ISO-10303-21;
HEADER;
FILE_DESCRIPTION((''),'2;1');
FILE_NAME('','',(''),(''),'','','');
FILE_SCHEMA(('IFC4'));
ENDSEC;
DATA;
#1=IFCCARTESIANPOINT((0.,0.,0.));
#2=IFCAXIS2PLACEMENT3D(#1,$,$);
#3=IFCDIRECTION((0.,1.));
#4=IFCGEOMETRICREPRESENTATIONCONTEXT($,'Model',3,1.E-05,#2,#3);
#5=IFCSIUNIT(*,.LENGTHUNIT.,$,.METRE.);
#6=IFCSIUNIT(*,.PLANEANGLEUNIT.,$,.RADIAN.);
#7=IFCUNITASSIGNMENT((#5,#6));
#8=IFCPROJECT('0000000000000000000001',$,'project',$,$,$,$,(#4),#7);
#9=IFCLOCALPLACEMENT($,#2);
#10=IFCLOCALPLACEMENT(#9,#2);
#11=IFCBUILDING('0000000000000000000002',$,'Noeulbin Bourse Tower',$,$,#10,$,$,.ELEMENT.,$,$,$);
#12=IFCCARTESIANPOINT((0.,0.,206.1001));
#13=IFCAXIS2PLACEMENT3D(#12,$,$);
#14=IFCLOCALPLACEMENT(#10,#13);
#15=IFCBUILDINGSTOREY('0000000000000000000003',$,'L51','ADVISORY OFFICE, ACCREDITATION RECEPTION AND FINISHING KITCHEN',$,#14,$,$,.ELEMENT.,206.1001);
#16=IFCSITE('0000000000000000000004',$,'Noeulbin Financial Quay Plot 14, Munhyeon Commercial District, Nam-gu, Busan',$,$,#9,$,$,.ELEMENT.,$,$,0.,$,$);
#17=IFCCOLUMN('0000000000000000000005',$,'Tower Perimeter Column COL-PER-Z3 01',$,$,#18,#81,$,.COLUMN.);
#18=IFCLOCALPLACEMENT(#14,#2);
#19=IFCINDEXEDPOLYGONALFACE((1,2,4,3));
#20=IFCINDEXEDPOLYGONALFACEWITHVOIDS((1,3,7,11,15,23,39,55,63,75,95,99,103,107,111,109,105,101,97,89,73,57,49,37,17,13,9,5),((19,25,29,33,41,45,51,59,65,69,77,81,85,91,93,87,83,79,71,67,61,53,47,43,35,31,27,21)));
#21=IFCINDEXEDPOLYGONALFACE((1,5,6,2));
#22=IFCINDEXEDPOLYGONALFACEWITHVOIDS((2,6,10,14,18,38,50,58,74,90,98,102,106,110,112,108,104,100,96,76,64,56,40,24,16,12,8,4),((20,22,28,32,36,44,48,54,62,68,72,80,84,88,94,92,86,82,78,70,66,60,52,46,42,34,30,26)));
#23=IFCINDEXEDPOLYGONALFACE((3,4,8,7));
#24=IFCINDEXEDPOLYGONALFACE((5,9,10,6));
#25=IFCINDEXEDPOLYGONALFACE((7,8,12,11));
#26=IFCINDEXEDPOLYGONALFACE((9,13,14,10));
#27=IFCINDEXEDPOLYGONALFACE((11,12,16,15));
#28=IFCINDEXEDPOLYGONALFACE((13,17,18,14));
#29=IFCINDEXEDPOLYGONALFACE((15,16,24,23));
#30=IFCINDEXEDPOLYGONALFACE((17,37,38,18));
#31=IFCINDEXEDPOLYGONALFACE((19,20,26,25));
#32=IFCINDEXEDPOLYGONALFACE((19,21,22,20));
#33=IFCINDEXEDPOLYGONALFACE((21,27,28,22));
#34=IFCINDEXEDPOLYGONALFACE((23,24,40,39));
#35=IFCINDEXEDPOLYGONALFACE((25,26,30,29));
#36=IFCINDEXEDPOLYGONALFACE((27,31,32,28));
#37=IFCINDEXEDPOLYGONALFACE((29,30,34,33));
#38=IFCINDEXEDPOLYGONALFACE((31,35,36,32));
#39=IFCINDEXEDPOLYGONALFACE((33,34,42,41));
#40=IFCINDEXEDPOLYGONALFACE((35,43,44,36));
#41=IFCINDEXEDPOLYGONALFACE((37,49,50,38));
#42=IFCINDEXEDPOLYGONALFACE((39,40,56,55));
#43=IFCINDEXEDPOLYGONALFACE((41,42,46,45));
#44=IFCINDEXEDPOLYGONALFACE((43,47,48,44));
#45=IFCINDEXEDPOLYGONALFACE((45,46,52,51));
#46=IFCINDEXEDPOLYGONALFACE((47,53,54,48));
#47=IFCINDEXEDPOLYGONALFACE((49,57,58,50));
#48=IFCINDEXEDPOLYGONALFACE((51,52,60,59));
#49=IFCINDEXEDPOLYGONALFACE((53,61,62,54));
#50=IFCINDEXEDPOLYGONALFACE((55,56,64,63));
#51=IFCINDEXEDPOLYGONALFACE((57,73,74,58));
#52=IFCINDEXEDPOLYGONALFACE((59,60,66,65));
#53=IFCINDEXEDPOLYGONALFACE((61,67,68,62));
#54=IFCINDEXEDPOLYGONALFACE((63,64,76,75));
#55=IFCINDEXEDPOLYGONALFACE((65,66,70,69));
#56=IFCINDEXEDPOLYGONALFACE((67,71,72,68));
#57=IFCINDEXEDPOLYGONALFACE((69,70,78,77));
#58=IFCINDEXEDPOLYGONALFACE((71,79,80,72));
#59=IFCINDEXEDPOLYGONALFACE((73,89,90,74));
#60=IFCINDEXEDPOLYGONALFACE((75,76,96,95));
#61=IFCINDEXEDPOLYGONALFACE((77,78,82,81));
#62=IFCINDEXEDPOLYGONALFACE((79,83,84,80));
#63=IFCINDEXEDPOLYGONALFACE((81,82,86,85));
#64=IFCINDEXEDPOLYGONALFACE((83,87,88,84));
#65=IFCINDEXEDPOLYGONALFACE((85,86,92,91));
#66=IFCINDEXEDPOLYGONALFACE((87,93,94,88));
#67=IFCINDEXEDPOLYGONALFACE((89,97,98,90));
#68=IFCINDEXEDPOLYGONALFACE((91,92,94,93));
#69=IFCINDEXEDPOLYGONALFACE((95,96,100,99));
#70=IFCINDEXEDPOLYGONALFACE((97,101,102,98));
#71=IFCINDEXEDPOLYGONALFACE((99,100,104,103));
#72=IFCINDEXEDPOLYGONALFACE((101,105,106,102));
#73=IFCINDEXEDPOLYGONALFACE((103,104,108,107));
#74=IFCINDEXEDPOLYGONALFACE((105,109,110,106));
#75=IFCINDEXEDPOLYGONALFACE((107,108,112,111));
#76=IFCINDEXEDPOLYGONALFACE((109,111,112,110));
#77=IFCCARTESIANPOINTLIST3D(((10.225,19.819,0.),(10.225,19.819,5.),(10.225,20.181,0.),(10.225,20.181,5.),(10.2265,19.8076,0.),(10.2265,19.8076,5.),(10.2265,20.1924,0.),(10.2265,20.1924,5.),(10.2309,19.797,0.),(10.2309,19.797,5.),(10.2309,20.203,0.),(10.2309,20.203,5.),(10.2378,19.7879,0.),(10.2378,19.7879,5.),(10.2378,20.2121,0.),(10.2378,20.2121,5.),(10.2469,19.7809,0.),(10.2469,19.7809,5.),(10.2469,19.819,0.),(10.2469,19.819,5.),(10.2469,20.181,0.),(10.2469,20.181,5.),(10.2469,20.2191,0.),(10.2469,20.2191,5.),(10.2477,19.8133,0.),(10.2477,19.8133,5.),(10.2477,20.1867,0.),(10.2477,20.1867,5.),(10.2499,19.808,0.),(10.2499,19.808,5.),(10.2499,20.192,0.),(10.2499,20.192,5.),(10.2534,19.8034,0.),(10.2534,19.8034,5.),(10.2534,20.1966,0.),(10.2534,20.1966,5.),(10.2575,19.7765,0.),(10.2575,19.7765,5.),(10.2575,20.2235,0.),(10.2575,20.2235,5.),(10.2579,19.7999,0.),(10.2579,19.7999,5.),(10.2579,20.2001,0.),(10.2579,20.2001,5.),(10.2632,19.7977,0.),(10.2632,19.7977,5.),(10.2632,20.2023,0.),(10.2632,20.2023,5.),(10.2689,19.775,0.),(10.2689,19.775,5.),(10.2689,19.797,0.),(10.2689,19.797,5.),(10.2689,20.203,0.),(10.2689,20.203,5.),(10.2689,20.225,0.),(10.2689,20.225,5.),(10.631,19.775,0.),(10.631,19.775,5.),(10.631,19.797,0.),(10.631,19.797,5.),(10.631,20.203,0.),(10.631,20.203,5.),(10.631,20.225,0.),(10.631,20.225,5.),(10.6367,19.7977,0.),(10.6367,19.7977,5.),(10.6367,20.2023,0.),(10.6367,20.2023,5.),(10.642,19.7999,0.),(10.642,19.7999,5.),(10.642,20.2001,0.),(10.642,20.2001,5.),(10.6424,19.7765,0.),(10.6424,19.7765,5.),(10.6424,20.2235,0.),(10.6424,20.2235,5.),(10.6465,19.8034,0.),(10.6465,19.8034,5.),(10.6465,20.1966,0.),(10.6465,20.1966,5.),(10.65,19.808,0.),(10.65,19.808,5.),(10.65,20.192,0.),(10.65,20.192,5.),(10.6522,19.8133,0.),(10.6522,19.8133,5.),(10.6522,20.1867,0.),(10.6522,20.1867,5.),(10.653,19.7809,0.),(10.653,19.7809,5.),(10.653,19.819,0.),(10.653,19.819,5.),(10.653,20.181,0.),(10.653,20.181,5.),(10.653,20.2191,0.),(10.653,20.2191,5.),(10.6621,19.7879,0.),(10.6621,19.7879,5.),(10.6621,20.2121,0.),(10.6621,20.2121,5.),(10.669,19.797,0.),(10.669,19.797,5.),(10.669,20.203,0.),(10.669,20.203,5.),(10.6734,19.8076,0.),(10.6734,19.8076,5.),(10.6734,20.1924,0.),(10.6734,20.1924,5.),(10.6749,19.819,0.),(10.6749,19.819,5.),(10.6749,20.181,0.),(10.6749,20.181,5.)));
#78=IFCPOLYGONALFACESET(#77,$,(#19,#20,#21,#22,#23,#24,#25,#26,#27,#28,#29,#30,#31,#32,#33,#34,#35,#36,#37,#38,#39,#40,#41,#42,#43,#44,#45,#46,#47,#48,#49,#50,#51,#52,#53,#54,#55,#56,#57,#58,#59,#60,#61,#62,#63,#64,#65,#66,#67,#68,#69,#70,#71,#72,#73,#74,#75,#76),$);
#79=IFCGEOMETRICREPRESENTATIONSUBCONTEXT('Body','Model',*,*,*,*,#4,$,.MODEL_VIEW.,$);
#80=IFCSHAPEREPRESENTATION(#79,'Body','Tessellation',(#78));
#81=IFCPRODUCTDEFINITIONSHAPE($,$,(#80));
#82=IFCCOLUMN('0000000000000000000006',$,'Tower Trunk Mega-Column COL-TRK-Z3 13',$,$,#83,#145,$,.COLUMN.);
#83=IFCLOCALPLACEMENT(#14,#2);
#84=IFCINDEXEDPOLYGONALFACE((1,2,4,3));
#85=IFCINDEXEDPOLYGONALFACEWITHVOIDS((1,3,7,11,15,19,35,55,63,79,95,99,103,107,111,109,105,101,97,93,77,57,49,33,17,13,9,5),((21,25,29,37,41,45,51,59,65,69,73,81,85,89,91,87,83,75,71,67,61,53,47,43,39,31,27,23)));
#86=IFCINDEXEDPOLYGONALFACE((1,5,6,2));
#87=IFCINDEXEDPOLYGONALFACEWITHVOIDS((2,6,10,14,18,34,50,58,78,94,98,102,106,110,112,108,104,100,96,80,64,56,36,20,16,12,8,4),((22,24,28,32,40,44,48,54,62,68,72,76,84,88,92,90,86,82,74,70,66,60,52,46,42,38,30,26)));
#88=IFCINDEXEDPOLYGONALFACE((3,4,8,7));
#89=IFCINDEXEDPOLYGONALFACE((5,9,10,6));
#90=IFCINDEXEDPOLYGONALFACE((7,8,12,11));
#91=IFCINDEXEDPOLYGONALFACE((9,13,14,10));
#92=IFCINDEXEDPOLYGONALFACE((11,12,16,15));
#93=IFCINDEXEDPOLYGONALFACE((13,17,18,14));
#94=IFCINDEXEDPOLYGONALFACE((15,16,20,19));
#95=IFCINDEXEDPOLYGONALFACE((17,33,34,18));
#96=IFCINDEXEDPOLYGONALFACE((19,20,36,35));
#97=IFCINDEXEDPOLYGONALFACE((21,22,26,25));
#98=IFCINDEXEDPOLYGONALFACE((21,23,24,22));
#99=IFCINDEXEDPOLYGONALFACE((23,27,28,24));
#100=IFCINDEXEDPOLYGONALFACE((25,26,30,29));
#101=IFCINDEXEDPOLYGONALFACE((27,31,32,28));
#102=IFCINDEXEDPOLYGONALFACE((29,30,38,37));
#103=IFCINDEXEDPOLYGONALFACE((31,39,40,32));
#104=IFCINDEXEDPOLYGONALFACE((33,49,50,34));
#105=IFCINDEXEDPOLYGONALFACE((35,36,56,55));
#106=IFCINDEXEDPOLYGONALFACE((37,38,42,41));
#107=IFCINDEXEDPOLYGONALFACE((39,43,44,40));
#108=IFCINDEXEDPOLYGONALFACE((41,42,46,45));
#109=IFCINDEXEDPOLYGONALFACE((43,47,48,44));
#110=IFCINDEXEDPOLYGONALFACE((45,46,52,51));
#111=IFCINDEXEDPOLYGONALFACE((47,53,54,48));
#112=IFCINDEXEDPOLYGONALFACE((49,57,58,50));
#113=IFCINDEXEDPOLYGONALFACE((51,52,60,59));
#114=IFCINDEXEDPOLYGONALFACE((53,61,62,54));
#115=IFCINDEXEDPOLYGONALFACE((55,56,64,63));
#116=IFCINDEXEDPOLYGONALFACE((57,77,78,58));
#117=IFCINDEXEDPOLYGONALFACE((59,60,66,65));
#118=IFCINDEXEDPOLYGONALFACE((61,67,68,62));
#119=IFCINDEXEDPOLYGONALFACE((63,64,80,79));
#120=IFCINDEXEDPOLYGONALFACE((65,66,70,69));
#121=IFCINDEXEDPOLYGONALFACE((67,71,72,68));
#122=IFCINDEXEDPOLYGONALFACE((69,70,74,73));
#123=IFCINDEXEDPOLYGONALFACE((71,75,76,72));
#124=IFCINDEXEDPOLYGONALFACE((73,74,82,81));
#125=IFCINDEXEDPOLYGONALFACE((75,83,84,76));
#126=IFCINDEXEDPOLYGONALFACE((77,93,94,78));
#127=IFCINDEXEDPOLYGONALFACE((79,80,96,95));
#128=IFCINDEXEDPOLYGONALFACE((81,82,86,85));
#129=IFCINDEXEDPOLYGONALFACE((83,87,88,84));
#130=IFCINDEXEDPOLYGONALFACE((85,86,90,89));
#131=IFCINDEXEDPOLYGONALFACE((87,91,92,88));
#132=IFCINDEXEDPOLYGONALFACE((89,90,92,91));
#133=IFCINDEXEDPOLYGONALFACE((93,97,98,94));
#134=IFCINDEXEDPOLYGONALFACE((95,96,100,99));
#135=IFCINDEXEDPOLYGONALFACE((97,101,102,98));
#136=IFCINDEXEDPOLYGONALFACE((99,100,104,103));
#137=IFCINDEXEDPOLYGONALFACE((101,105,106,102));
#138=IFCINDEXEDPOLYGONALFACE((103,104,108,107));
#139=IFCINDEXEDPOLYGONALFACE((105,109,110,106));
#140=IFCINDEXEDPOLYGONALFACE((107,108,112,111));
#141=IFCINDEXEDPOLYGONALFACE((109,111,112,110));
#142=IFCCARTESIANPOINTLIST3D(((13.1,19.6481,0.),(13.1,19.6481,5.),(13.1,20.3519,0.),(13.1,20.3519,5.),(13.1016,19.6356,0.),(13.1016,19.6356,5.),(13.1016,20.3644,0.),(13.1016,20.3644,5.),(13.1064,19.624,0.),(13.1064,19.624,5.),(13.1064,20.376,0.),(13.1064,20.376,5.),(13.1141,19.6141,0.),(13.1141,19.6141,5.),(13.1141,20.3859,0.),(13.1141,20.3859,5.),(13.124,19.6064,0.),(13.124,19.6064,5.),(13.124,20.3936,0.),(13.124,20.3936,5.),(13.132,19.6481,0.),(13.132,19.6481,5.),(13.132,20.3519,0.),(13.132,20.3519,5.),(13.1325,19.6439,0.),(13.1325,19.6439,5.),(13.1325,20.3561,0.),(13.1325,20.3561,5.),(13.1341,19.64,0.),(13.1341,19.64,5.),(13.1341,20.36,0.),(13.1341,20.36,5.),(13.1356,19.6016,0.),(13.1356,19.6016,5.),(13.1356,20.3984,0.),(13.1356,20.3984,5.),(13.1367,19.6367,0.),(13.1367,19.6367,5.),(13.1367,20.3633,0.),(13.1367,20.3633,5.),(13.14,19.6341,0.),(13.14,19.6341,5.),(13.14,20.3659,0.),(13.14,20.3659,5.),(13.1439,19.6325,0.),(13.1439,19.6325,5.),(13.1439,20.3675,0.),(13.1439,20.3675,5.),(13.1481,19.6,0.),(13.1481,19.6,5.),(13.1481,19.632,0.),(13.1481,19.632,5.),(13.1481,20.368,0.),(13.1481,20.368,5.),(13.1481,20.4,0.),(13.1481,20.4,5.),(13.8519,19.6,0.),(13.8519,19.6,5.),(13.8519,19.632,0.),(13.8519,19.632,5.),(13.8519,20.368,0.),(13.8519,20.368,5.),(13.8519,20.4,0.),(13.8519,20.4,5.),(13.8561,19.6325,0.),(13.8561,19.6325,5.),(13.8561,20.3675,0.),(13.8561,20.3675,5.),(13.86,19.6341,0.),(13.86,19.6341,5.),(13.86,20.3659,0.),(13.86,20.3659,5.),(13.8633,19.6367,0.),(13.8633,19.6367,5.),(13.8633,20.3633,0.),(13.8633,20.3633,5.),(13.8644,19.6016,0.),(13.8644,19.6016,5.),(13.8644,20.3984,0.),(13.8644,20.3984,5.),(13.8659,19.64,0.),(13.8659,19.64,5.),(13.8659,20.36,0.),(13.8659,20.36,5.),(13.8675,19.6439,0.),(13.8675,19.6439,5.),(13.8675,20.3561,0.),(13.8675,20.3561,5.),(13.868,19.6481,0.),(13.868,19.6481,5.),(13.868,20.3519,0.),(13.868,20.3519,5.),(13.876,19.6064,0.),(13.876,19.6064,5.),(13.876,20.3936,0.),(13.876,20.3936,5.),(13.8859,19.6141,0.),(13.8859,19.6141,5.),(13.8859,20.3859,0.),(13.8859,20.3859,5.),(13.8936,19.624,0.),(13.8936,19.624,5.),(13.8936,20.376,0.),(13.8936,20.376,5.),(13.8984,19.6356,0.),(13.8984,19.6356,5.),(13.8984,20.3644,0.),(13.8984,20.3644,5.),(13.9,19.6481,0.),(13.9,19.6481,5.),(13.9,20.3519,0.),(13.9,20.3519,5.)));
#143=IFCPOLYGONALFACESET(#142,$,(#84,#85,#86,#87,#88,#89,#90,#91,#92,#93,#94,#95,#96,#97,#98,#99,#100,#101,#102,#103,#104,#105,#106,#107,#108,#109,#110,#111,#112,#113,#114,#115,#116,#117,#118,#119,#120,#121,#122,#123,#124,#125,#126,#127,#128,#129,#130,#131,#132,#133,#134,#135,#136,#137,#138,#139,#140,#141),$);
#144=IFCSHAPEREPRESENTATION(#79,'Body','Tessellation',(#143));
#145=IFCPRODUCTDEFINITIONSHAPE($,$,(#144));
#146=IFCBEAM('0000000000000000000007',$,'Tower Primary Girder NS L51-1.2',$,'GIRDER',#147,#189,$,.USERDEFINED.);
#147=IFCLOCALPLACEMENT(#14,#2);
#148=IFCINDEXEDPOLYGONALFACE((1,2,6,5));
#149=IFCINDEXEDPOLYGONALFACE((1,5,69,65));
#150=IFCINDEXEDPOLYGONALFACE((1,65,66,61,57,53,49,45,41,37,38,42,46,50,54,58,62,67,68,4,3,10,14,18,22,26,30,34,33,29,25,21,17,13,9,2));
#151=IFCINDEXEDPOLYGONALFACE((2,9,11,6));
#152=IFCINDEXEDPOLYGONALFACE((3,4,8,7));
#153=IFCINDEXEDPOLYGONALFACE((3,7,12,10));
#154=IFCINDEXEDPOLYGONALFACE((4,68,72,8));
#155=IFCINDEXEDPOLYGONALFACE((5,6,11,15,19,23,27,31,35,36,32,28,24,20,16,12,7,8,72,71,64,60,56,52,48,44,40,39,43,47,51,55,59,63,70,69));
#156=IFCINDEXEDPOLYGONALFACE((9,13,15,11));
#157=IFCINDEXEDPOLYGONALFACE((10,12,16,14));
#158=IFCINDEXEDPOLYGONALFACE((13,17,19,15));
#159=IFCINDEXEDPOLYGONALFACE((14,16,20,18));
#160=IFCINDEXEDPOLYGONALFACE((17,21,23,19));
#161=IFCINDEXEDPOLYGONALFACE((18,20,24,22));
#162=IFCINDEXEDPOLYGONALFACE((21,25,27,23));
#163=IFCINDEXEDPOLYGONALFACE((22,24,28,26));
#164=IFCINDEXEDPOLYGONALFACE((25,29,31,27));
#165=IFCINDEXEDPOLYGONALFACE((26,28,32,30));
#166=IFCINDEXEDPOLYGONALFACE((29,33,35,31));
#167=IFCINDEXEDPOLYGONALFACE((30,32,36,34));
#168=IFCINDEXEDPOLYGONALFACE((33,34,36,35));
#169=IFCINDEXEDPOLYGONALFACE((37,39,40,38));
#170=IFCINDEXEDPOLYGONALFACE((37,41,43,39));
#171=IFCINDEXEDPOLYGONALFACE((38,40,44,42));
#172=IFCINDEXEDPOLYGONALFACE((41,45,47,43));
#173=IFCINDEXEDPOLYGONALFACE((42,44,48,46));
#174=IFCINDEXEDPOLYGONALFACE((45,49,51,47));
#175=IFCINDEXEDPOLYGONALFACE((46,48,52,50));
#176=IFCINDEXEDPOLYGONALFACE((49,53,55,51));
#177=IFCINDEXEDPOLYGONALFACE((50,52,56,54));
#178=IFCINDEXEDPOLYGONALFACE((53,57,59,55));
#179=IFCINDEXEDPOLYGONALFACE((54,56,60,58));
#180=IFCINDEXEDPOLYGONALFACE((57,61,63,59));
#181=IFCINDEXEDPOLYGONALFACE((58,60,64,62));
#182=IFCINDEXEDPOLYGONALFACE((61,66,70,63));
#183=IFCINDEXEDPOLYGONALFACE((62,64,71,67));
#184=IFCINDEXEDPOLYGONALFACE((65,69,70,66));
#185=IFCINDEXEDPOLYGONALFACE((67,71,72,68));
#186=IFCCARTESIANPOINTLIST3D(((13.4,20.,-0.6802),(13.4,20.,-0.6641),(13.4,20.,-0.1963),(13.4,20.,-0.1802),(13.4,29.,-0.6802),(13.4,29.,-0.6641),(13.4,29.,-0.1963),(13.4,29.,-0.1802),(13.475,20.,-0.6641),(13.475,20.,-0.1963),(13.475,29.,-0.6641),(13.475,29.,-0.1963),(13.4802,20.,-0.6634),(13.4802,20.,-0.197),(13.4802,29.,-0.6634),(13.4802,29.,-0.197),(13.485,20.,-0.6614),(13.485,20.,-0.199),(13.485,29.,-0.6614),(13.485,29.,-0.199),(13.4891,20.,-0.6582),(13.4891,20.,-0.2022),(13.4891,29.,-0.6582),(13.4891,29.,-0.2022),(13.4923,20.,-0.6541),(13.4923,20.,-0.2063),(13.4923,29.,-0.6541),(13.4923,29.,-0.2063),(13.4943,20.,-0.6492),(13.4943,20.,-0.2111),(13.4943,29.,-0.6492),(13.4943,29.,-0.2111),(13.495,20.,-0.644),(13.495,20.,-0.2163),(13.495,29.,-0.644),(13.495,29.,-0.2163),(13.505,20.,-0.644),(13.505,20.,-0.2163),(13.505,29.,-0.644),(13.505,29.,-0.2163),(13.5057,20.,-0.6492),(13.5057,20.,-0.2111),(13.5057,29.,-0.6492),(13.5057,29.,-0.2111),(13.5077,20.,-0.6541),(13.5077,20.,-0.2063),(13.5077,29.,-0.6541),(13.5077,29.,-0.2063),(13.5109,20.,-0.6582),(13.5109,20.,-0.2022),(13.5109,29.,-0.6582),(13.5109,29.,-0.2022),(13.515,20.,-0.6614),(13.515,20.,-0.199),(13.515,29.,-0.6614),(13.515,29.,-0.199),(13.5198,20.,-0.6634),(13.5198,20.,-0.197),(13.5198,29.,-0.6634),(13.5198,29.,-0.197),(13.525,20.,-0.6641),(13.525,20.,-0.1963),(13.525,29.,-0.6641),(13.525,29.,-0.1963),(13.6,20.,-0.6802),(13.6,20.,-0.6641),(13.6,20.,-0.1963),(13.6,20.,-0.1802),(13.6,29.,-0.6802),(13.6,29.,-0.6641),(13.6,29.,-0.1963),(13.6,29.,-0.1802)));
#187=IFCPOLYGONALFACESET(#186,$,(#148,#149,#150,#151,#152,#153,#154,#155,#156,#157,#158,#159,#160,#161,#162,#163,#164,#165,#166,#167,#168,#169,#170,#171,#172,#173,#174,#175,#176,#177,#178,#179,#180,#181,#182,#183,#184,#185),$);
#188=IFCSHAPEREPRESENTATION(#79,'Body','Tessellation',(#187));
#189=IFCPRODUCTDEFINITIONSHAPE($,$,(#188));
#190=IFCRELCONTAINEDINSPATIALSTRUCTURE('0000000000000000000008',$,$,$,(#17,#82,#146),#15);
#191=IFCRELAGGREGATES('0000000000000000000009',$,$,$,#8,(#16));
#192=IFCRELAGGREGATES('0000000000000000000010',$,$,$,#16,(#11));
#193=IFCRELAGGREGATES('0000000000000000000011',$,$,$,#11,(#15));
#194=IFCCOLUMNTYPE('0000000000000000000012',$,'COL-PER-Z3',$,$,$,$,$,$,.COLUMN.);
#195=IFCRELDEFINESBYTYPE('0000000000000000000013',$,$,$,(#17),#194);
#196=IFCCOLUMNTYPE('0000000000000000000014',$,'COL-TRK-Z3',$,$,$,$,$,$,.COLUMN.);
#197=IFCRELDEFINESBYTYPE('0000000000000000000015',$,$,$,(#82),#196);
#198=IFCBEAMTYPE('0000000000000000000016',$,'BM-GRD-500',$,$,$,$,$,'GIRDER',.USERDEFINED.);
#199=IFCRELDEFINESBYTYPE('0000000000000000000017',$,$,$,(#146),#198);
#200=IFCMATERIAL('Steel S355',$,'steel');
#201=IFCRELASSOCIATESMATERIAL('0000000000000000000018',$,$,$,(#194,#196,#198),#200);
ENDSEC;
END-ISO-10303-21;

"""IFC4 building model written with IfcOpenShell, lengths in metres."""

from ifc_helpers import new_model, si_unit, direction, frame, origin, origin_2d, place, context, subcontext, project, spatial, hollow_rectangle, i_section, extrude, material, material_profile, profile_set, type_object, element, save


model = new_model("IFC4")

# Units and contexts
model_context = context("Model", 3, precision=1e-05, world=origin(), true_north=direction((0.0, 1.0)))
body_context = subcontext(model_context, "Body", "Model", "MODEL_VIEW")
ifc_project = project(units=[si_unit("LENGTHUNIT", "METRE"), si_unit("PLANEANGLEUNIT", "RADIAN")], contexts=[model_context])

# Site, building, storey
site_placement = place(None, origin())
site = spatial("IfcSite", under=ifc_project, at=site_placement, Name="Noeulbin Financial Quay Plot 14, Munhyeon Commercial District, Nam-gu, Busan", CompositionType="ELEMENT", RefElevation=0.0)
building_placement = place(site_placement, origin())
building = spatial("IfcBuilding", under=site, at=building_placement, Name="Noeulbin Bourse Tower", CompositionType="ELEMENT")
storey_placement = place(building_placement, frame((0.0, 0.0, 206.1001)))
storey = spatial("IfcBuildingStorey", under=building, at=storey_placement, Name="L51", Description="ADVISORY OFFICE, ACCREDITATION RECEPTION AND FINISHING KITCHEN", CompositionType="ELEMENT", Elevation=206.1001)

# Columns
ifc_material_1 = material(Name="Steel S355", Category="steel")
ifc_material_profile_1 = material_profile(ifc_material_1, hollow_rectangle(XDim=0.45, YDim=0.45, WallThickness=0.022, InnerFilletRadius=0.022, OuterFilletRadius=0.0439, at=origin_2d()), Name="SHS-450x450x22", Category="LoadBearing")
ifc_profile_set_1 = profile_set([ifc_material_profile_1], Name="Steel S355")
column_type_1 = type_object("IfcColumnType", Name="COL-PER-Z3", PredefinedType="COLUMN", material=ifc_profile_set_1)
column_1_placement = place(storey_placement, frame((10.45, 20.0, 0.0), z_axis=(0.0, 0.0, 1.0), x_axis=(1.0, 0.0, 0.0)))
element("IfcColumn", 1, at=column_1_placement, inside=storey, type_object=column_type_1, Name="Tower Perimeter Column COL-PER-Z3 01", PredefinedType="COLUMN", context=body_context, shape_type="SweptSolid", body=[
    extrude(hollow_rectangle(XDim=0.45, YDim=0.45, WallThickness=0.022, InnerFilletRadius=0.022, OuterFilletRadius=0.0439, at=origin_2d()), origin(), (0.0, 0.0, 1.0), 5.0),
])
ifc_material_profile_2 = material_profile(ifc_material_1, hollow_rectangle(XDim=0.8, YDim=0.8, WallThickness=0.032, InnerFilletRadius=0.0161, OuterFilletRadius=0.0481, at=origin_2d()), Name="BOX-800x800x32", Category="LoadBearing")
ifc_profile_set_2 = profile_set([ifc_material_profile_2], Name="Steel S355")
column_type_2 = type_object("IfcColumnType", Name="COL-TRK-Z3", PredefinedType="COLUMN", material=ifc_profile_set_2)
column_2_placement = place(storey_placement, frame((13.5, 20.0, 0.0), z_axis=(0.0, 0.0, 1.0), x_axis=(1.0, 0.0, 0.0)))
element("IfcColumn", 2, at=column_2_placement, inside=storey, type_object=column_type_2, Name="Tower Trunk Mega-Column COL-TRK-Z3 13", PredefinedType="COLUMN", context=body_context, shape_type="SweptSolid", body=[
    extrude(hollow_rectangle(XDim=0.8, YDim=0.8, WallThickness=0.032, InnerFilletRadius=0.0161, OuterFilletRadius=0.0481, at=origin_2d()), origin(), (0.0, 0.0, 1.0), 5.0),
])

# Beam
ifc_material_profile_3 = material_profile(ifc_material_1, i_section(OverallWidth=0.2, OverallDepth=0.5, WebThickness=0.01, FlangeThickness=0.0161, FilletRadius=0.02, at=origin_2d()), Name="H-500x200x10x16", Category="LoadBearing")
ifc_profile_set_3 = profile_set([ifc_material_profile_3], Name="Steel S355")
beam_type_1 = type_object("IfcBeamType", Name="BM-GRD-500", ElementType="GIRDER", PredefinedType="USERDEFINED", material=ifc_profile_set_3)
beam_1_placement = place(storey_placement, frame((13.5, 20.0, -0.4302), z_axis=(0.0, 1.0, 0.0), x_axis=(-1.0, 0.0, 0.0)))
element("IfcBeam", 3, at=beam_1_placement, inside=storey, type_object=beam_type_1, Name="Tower Primary Girder NS L51-1.2", ObjectType="GIRDER", PredefinedType="USERDEFINED", context=body_context, shape_type="SweptSolid", body=[
    extrude(i_section(OverallWidth=0.2, OverallDepth=0.5, WebThickness=0.01, FlangeThickness=0.0161, FilletRadius=0.02, at=origin_2d()), origin(), (0.0, 0.0, 1.0), 9.0),
])

save(model, "model.ifc")
